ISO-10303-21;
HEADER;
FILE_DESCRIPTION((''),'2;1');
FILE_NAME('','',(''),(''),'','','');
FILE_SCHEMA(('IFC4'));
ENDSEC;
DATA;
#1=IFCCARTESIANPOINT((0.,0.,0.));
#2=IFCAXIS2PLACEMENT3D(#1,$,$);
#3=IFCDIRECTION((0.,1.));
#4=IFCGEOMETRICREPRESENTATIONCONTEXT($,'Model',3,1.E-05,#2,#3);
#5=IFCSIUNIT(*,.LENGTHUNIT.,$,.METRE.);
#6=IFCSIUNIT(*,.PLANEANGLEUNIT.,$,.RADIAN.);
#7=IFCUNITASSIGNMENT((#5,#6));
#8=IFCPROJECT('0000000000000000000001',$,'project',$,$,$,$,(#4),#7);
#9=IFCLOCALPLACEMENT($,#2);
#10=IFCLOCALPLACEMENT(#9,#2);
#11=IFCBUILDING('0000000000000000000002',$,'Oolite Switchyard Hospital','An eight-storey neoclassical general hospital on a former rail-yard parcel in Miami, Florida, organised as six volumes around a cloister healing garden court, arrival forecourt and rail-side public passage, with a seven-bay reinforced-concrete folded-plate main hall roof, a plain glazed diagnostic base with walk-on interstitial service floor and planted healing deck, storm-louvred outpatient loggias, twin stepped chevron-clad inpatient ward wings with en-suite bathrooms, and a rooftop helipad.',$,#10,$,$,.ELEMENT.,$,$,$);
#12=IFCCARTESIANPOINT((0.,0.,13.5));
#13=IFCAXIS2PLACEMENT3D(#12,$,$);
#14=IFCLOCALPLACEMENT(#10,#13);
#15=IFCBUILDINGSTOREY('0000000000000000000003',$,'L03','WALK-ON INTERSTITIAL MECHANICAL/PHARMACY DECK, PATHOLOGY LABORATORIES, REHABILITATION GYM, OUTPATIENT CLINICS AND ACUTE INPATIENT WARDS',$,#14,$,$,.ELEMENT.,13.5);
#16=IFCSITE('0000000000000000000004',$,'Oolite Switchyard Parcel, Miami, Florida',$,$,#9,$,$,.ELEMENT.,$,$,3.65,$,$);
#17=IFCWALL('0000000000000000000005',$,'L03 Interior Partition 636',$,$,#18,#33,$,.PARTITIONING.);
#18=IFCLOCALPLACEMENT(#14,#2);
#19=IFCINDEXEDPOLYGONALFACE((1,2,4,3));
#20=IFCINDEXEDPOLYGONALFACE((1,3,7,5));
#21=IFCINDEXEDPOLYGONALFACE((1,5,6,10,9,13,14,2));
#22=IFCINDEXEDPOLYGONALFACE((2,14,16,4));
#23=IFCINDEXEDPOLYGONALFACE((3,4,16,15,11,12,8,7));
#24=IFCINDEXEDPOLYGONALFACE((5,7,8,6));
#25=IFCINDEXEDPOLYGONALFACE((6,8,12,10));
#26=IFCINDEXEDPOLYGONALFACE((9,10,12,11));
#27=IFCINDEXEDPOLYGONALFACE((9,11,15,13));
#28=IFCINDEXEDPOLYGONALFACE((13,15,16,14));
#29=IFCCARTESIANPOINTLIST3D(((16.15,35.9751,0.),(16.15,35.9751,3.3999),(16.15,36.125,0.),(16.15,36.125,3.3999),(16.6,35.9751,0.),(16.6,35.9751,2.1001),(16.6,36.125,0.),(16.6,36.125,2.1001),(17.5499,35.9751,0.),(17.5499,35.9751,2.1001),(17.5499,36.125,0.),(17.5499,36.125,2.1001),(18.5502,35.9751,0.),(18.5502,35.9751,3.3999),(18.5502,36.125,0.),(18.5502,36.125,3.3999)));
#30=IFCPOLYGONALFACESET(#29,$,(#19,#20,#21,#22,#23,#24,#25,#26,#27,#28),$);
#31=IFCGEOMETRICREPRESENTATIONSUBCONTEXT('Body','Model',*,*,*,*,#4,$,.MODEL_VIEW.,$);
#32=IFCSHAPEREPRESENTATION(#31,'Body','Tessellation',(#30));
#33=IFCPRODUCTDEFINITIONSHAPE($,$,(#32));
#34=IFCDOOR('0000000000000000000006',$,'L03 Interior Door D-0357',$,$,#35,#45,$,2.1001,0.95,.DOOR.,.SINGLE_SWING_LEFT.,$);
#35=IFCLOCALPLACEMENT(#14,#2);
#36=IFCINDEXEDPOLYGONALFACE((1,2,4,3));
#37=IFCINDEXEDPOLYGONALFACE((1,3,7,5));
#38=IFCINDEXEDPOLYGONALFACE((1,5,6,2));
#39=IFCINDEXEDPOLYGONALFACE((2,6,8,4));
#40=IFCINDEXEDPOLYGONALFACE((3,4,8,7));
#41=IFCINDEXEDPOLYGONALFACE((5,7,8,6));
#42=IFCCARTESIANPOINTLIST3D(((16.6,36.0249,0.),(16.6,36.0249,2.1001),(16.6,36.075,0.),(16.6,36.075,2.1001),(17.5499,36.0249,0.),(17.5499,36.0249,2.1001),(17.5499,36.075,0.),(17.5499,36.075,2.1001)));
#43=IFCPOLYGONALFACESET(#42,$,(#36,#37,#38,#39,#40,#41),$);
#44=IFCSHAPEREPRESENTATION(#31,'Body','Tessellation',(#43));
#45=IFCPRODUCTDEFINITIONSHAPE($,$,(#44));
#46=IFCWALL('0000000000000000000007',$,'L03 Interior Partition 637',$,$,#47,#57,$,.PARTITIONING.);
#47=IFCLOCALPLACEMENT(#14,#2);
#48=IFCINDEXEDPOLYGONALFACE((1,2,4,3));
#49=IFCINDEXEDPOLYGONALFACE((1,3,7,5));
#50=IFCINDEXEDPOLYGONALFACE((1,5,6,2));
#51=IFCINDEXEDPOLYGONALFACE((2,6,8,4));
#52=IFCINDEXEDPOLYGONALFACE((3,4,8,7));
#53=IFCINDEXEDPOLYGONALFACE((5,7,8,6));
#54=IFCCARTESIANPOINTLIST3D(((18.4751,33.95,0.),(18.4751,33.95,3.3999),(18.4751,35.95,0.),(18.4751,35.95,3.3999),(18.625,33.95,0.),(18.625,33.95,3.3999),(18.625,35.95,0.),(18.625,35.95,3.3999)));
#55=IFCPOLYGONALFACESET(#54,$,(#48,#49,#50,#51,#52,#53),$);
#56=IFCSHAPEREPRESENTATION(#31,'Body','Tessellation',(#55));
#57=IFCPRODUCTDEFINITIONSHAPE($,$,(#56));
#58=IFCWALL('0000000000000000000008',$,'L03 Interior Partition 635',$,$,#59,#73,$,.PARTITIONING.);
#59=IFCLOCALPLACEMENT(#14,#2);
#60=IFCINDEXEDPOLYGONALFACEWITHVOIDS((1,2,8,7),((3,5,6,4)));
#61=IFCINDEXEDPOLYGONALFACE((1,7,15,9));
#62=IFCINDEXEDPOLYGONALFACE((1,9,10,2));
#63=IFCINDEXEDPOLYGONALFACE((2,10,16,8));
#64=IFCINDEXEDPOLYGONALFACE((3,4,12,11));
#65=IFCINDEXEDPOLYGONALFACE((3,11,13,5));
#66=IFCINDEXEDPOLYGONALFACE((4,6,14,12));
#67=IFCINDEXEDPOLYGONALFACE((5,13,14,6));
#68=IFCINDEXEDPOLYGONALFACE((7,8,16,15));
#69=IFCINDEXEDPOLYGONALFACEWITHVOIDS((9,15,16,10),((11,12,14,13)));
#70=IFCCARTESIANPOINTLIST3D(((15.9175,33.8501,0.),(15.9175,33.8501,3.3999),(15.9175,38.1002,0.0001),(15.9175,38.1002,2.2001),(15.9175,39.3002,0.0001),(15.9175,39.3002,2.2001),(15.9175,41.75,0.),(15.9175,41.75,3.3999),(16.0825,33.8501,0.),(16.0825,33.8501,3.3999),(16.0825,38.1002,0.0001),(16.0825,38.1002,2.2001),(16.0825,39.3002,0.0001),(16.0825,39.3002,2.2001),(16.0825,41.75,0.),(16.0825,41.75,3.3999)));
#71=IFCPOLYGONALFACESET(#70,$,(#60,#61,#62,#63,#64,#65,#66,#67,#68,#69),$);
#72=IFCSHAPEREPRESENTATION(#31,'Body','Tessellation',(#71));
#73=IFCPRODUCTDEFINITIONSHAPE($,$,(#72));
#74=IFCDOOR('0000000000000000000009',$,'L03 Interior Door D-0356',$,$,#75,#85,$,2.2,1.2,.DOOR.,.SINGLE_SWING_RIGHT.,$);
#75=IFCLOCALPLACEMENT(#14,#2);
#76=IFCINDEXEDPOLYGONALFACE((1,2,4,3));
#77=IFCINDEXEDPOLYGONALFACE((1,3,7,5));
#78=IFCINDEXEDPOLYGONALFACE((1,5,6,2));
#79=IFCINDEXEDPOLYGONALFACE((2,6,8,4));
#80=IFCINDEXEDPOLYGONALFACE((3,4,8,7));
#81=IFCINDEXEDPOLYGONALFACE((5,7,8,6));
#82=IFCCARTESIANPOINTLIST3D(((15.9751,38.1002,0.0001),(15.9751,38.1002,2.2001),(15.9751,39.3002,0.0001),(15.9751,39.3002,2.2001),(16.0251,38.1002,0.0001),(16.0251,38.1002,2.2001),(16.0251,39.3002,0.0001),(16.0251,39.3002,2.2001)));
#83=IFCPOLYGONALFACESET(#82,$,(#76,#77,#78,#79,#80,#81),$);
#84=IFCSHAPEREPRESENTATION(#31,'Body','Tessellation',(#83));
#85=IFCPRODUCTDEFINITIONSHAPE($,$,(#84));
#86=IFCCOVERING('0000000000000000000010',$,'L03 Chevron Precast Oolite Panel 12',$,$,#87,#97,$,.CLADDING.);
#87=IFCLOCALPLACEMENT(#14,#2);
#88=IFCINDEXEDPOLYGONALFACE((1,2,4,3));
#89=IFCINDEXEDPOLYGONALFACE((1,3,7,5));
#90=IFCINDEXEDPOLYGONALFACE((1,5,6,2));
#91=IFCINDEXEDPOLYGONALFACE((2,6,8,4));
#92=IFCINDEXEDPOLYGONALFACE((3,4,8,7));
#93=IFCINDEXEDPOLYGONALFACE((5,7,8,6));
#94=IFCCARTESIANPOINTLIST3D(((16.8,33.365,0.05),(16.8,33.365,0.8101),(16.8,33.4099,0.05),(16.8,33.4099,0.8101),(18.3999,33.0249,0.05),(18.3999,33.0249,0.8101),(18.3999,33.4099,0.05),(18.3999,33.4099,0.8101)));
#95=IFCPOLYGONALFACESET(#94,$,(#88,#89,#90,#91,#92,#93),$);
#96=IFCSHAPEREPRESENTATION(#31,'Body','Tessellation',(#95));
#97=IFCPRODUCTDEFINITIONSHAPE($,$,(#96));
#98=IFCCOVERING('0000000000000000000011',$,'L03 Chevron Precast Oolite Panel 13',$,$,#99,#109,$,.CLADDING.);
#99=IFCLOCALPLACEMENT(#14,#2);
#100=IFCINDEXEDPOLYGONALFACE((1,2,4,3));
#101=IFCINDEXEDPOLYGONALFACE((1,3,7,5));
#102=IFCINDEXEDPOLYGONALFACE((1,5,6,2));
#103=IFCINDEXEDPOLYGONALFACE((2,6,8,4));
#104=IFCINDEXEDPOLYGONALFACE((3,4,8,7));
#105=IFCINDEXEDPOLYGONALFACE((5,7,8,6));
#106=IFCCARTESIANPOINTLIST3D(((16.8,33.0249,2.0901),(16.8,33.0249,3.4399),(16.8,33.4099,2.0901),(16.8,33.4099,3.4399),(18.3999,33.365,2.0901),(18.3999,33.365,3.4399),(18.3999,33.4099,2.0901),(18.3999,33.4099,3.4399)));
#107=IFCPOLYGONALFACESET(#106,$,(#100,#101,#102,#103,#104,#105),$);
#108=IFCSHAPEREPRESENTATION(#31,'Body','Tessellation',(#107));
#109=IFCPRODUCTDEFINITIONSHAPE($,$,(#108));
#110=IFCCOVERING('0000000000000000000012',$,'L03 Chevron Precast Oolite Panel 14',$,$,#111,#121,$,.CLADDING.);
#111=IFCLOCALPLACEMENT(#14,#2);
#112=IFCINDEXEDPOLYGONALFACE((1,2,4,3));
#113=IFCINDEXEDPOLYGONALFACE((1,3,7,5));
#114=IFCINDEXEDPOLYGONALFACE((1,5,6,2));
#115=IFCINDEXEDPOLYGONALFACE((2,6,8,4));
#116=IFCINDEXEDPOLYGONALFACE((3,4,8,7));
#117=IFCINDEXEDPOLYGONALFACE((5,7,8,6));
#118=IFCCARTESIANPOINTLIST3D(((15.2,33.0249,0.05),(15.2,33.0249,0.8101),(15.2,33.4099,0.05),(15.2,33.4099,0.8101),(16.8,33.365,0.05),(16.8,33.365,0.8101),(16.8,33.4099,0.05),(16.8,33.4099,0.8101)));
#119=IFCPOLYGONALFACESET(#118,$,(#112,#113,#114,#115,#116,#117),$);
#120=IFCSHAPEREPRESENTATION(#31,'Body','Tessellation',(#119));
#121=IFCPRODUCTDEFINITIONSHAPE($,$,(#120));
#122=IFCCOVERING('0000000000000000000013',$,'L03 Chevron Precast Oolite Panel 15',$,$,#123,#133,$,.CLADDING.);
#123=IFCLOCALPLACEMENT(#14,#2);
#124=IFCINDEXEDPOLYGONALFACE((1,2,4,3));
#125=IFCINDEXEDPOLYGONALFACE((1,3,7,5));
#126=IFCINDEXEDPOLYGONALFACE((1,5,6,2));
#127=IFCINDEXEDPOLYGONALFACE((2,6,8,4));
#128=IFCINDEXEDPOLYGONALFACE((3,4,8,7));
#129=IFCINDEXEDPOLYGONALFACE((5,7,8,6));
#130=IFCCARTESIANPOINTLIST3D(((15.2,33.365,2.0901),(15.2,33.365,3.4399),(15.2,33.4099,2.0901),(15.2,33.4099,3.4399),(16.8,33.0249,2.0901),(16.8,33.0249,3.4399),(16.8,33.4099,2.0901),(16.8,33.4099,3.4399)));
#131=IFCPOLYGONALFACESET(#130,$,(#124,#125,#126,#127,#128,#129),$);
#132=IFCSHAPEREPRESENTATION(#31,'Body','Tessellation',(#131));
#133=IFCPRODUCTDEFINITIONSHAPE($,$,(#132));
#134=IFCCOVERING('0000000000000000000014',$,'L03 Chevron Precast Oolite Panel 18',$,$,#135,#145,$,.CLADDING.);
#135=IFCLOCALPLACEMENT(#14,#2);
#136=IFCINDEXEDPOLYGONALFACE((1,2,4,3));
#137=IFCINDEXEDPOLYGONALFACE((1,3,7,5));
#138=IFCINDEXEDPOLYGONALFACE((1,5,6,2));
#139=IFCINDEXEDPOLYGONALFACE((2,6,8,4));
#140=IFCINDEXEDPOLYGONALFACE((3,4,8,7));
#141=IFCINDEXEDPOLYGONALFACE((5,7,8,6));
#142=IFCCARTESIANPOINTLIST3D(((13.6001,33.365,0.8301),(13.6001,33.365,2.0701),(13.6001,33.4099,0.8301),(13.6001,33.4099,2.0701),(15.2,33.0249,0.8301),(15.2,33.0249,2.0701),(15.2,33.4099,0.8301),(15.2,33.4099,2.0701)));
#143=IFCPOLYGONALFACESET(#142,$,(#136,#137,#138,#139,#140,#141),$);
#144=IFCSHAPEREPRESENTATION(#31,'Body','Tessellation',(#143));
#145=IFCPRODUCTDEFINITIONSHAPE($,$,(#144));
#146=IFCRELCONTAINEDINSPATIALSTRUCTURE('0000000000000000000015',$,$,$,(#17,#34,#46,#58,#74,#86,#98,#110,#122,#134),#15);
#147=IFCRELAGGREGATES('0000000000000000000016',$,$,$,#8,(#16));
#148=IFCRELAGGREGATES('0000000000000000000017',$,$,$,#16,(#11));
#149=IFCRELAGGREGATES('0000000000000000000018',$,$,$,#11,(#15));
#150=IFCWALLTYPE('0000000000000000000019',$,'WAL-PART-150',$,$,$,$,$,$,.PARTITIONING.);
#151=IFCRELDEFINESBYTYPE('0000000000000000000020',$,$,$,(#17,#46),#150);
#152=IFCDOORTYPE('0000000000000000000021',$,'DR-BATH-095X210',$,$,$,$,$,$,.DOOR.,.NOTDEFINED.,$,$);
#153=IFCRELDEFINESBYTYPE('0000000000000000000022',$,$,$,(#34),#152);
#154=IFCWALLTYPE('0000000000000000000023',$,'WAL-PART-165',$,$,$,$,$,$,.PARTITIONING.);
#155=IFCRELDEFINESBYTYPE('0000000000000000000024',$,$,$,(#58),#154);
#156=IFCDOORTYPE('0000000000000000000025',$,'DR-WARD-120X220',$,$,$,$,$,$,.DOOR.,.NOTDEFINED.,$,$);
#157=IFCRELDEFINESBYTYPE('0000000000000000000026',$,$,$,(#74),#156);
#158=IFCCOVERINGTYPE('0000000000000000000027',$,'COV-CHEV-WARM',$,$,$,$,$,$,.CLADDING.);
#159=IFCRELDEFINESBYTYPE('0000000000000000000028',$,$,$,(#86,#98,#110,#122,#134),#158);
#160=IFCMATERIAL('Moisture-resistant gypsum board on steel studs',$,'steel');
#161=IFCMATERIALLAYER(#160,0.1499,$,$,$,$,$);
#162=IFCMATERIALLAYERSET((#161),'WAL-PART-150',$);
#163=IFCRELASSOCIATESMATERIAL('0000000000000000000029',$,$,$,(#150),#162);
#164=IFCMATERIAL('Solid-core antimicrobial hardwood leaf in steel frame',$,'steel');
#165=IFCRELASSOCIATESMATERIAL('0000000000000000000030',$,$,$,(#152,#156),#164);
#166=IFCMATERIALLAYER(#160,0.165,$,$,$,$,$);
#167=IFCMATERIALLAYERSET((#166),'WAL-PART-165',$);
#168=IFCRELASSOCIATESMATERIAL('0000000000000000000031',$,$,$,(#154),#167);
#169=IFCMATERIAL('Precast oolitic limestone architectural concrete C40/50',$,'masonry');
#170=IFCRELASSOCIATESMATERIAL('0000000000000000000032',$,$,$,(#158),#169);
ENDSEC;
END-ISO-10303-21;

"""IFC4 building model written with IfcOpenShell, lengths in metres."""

from ifc_helpers import new_model, si_unit, direction, frame, frame_2d, origin, place, context, subcontext, project, spatial, polyline, rectangle, outline, extrude, material, layer, layer_set, type_object, element, fill, save


model = new_model("IFC4")

# Units and contexts
model_context = context("Model", 3, precision=1e-05, world=origin(), true_north=direction((0.0, 1.0)))
body_context = subcontext(model_context, "Body", "Model", "MODEL_VIEW")
ifc_project = project(units=[si_unit("LENGTHUNIT", "METRE"), si_unit("PLANEANGLEUNIT", "RADIAN")], contexts=[model_context])

# Site, building, storey
site_placement = place(None, origin())
site = spatial("IfcSite", under=ifc_project, at=site_placement, Name="Oolite Switchyard Parcel, Miami, Florida", CompositionType="ELEMENT", RefElevation=3.65)
building_placement = place(site_placement, origin())
building = spatial("IfcBuilding", under=site, at=building_placement, Name="Oolite Switchyard Hospital", Description="An eight-storey neoclassical general hospital on a former rail-yard parcel in Miami, Florida, organised as six volumes around a cloister healing garden court, arrival forecourt and rail-side public passage, with a seven-bay reinforced-concrete folded-plate main hall roof, a plain glazed diagnostic base with walk-on interstitial service floor and planted healing deck, storm-louvred outpatient loggias, twin stepped chevron-clad inpatient ward wings with en-suite bathrooms, and a rooftop helipad.", CompositionType="ELEMENT")
storey_placement = place(building_placement, frame((0.0, 0.0, 13.5)))
storey = spatial("IfcBuildingStorey", under=building, at=storey_placement, Name="L03", Description="WALK-ON INTERSTITIAL MECHANICAL/PHARMACY DECK, PATHOLOGY LABORATORIES, REHABILITATION GYM, OUTPATIENT CLINICS AND ACUTE INPATIENT WARDS", CompositionType="ELEMENT", Elevation=13.5)

# Shared definitions
ifc_material_1 = material(Name="Precast oolitic limestone architectural concrete C40/50", Category="masonry")

# Wall, opening, door
ifc_material_2 = material(Name="Moisture-resistant gypsum board on steel studs", Category="steel")
ifc_layer_1 = layer(ifc_material_2, 0.1499)
ifc_layer_set_1 = layer_set([ifc_layer_1], Name="WAL-PART-150")
wall_type_1 = type_object("IfcWallType", Name="WAL-PART-150", PredefinedType="PARTITIONING", material=ifc_layer_set_1)
wall_1_placement = place(storey_placement, frame((16.1499, 36.05, 0.0), z_axis=(0.0, 0.0, 1.0), x_axis=(1.0, 0.0, 0.0)))
wall_1 = element("IfcWall", 1, at=wall_1_placement, inside=storey, type_object=wall_type_1, Name="L03 Interior Partition 636", PredefinedType="PARTITIONING", context=body_context, shape_type="SweptSolid", body=[
    extrude(rectangle(XDim=2.4001, YDim=0.1499, at=frame_2d((1.2002, 0.0))), origin(), (0.0, 0.0, 1.0), 3.3999),
])
opening_1_placement = place(wall_1_placement, frame((0.45, 0.0, 0.0)))
opening_1 = element("IfcOpeningElement", 2, at=opening_1_placement, cuts=wall_1, PredefinedType="OPENING", context=body_context, shape_type="SweptSolid", body=[
    extrude(rectangle(XDim=0.95, YDim=2.1001, at=frame_2d((0.4751, 1.05))), frame((0.0, 0.085, 0.0), z_axis=(0.0, -1.0, 0.0), x_axis=(1.0, 0.0, 0.0)), (0.0, 0.0, 1.0), 0.1699),
])
ifc_material_3 = material(Name="Solid-core antimicrobial hardwood leaf in steel frame", Category="steel")
door_type_1 = type_object("IfcDoorType", Name="DR-BATH-095X210", OperationType="NOTDEFINED", PredefinedType="DOOR", material=ifc_material_3)
door_1_placement = place(opening_1_placement, origin())
door_1 = element("IfcDoor", 3, at=door_1_placement, inside=storey, type_object=door_type_1, Name="L03 Interior Door D-0357", OperationType="SINGLE_SWING_LEFT", OverallHeight=2.1001, OverallWidth=0.95, PredefinedType="DOOR", context=body_context, shape_type="SweptSolid", body=[
    extrude(rectangle(XDim=0.95, YDim=2.1001, at=frame_2d((0.4751, 1.05))), frame((0.0, 0.0249, 0.0), z_axis=(0.0, -1.0, 0.0), x_axis=(1.0, 0.0, 0.0)), (0.0, 0.0, 1.0), 0.05),
])
fill(opening_1, door_1)

# Wall
wall_2_placement = place(storey_placement, frame((18.55, 33.95, 0.0), z_axis=(0.0, 0.0, 1.0), x_axis=(0.0, 1.0, 0.0)))
element("IfcWall", 4, at=wall_2_placement, inside=storey, type_object=wall_type_1, Name="L03 Interior Partition 637", PredefinedType="PARTITIONING", context=body_context, shape_type="SweptSolid", body=[
    extrude(rectangle(XDim=2.0, YDim=0.1499, at=frame_2d((1.0, 0.0))), origin(), (0.0, 0.0, 1.0), 3.3999),
])

# Wall, opening, door
ifc_layer_2 = layer(ifc_material_2, 0.165)
ifc_layer_set_2 = layer_set([ifc_layer_2], Name="WAL-PART-165")
wall_type_2 = type_object("IfcWallType", Name="WAL-PART-165", PredefinedType="PARTITIONING", material=ifc_layer_set_2)
wall_3_placement = place(storey_placement, frame((16.0, 33.8501, 0.0), z_axis=(0.0, 0.0, 1.0), x_axis=(0.0, 1.0, 0.0)))
wall_3 = element("IfcWall", 5, at=wall_3_placement, inside=storey, type_object=wall_type_2, Name="L03 Interior Partition 635", PredefinedType="PARTITIONING", context=body_context, shape_type="SweptSolid", body=[
    extrude(rectangle(XDim=7.8999, YDim=0.165, at=frame_2d((3.95, 0.0))), origin(), (0.0, 0.0, 1.0), 3.3999),
])
opening_2_placement = place(wall_3_placement, frame((4.25, 0.0, 0.0)))
opening_2 = element("IfcOpeningElement", 6, at=opening_2_placement, cuts=wall_3, PredefinedType="OPENING", context=body_context, shape_type="SweptSolid", body=[
    extrude(rectangle(XDim=1.2, YDim=2.2, at=frame_2d((0.6001, 1.1001))), frame((0.0, 0.0925, 0.0), z_axis=(0.0, -1.0, 0.0), x_axis=(1.0, 0.0, 0.0)), (0.0, 0.0, 1.0), 0.1851),
])
door_type_2 = type_object("IfcDoorType", Name="DR-WARD-120X220", OperationType="NOTDEFINED", PredefinedType="DOOR", material=ifc_material_3)
door_2_placement = place(opening_2_placement, origin())
door_2 = element("IfcDoor", 7, at=door_2_placement, inside=storey, type_object=door_type_2, Name="L03 Interior Door D-0356", OperationType="SINGLE_SWING_RIGHT", OverallHeight=2.2, OverallWidth=1.2, PredefinedType="DOOR", context=body_context, shape_type="SweptSolid", body=[
    extrude(rectangle(XDim=1.2, YDim=2.2, at=frame_2d((0.6001, 1.1001))), frame((0.0, 0.0249, 0.0), z_axis=(0.0, -1.0, 0.0), x_axis=(1.0, 0.0, 0.0)), (0.0, 0.0, 1.0), 0.05),
])
fill(opening_2, door_2)

# Coverings
covering_type = type_object("IfcCoveringType", Name="COV-CHEV-WARM", PredefinedType="CLADDING", material=ifc_material_1)
covering_1_placement = place(storey_placement, frame((18.3999, 33.4099, 0.05), z_axis=(0.0, 0.0, 1.0), x_axis=(-1.0, 0.0, 0.0)))
element("IfcCovering", 8, at=covering_1_placement, inside=storey, type_object=covering_type, Name="L03 Chevron Precast Oolite Panel 12", PredefinedType="CLADDING", context=body_context, shape_type="SweptSolid", body=[
    extrude(outline(polyline([(0.0, 0.0), (1.5999, 0.0), (1.5999, 0.0449), (0.0, 0.385), (0.0, 0.0)])), origin(), (0.0, 0.0, 1.0), 0.76),
])
covering_2_placement = place(storey_placement, frame((18.3999, 33.4099, 2.0901), z_axis=(0.0, 0.0, 1.0), x_axis=(-1.0, 0.0, 0.0)))
element("IfcCovering", 9, at=covering_2_placement, inside=storey, type_object=covering_type, Name="L03 Chevron Precast Oolite Panel 13", PredefinedType="CLADDING", context=body_context, shape_type="SweptSolid", body=[
    extrude(outline(polyline([(0.0, 0.0), (1.5999, 0.0), (1.5999, 0.385), (0.0, 0.0449), (0.0, 0.0)])), origin(), (0.0, 0.0, 1.0), 1.3499),
])
covering_3_placement = place(storey_placement, frame((16.8, 33.4099, 0.05), z_axis=(0.0, 0.0, 1.0), x_axis=(-1.0, 0.0, 0.0)))
element("IfcCovering", 10, at=covering_3_placement, inside=storey, type_object=covering_type, Name="L03 Chevron Precast Oolite Panel 14", PredefinedType="CLADDING", context=body_context, shape_type="SweptSolid", body=[
    extrude(outline(polyline([(0.0, 0.0), (1.6001, 0.0), (1.6001, 0.385), (0.0, 0.0449), (0.0, 0.0)])), origin(), (0.0, 0.0, 1.0), 0.76),
])
covering_4_placement = place(storey_placement, frame((16.8, 33.4099, 2.0901), z_axis=(0.0, 0.0, 1.0), x_axis=(-1.0, 0.0, 0.0)))
element("IfcCovering", 11, at=covering_4_placement, inside=storey, type_object=covering_type, Name="L03 Chevron Precast Oolite Panel 15", PredefinedType="CLADDING", context=body_context, shape_type="SweptSolid", body=[
    extrude(outline(polyline([(0.0, 0.0), (1.6001, 0.0), (1.6001, 0.0449), (0.0, 0.385), (0.0, 0.0)])), origin(), (0.0, 0.0, 1.0), 1.3499),
])
covering_5_placement = place(storey_placement, frame((15.2, 33.4099, 0.8301), z_axis=(0.0, 0.0, 1.0), x_axis=(-1.0, 0.0, 0.0)))
element("IfcCovering", 12, at=covering_5_placement, inside=storey, type_object=covering_type, Name="L03 Chevron Precast Oolite Panel 18", PredefinedType="CLADDING", context=body_context, shape_type="SweptSolid", body=[
    extrude(outline(polyline([(0.0, 0.0), (1.5999, 0.0), (1.5999, 0.0449), (0.0, 0.385), (0.0, 0.0)])), origin(), (0.0, 0.0, 1.0), 1.24),
])

save(model, "model.ifc")
